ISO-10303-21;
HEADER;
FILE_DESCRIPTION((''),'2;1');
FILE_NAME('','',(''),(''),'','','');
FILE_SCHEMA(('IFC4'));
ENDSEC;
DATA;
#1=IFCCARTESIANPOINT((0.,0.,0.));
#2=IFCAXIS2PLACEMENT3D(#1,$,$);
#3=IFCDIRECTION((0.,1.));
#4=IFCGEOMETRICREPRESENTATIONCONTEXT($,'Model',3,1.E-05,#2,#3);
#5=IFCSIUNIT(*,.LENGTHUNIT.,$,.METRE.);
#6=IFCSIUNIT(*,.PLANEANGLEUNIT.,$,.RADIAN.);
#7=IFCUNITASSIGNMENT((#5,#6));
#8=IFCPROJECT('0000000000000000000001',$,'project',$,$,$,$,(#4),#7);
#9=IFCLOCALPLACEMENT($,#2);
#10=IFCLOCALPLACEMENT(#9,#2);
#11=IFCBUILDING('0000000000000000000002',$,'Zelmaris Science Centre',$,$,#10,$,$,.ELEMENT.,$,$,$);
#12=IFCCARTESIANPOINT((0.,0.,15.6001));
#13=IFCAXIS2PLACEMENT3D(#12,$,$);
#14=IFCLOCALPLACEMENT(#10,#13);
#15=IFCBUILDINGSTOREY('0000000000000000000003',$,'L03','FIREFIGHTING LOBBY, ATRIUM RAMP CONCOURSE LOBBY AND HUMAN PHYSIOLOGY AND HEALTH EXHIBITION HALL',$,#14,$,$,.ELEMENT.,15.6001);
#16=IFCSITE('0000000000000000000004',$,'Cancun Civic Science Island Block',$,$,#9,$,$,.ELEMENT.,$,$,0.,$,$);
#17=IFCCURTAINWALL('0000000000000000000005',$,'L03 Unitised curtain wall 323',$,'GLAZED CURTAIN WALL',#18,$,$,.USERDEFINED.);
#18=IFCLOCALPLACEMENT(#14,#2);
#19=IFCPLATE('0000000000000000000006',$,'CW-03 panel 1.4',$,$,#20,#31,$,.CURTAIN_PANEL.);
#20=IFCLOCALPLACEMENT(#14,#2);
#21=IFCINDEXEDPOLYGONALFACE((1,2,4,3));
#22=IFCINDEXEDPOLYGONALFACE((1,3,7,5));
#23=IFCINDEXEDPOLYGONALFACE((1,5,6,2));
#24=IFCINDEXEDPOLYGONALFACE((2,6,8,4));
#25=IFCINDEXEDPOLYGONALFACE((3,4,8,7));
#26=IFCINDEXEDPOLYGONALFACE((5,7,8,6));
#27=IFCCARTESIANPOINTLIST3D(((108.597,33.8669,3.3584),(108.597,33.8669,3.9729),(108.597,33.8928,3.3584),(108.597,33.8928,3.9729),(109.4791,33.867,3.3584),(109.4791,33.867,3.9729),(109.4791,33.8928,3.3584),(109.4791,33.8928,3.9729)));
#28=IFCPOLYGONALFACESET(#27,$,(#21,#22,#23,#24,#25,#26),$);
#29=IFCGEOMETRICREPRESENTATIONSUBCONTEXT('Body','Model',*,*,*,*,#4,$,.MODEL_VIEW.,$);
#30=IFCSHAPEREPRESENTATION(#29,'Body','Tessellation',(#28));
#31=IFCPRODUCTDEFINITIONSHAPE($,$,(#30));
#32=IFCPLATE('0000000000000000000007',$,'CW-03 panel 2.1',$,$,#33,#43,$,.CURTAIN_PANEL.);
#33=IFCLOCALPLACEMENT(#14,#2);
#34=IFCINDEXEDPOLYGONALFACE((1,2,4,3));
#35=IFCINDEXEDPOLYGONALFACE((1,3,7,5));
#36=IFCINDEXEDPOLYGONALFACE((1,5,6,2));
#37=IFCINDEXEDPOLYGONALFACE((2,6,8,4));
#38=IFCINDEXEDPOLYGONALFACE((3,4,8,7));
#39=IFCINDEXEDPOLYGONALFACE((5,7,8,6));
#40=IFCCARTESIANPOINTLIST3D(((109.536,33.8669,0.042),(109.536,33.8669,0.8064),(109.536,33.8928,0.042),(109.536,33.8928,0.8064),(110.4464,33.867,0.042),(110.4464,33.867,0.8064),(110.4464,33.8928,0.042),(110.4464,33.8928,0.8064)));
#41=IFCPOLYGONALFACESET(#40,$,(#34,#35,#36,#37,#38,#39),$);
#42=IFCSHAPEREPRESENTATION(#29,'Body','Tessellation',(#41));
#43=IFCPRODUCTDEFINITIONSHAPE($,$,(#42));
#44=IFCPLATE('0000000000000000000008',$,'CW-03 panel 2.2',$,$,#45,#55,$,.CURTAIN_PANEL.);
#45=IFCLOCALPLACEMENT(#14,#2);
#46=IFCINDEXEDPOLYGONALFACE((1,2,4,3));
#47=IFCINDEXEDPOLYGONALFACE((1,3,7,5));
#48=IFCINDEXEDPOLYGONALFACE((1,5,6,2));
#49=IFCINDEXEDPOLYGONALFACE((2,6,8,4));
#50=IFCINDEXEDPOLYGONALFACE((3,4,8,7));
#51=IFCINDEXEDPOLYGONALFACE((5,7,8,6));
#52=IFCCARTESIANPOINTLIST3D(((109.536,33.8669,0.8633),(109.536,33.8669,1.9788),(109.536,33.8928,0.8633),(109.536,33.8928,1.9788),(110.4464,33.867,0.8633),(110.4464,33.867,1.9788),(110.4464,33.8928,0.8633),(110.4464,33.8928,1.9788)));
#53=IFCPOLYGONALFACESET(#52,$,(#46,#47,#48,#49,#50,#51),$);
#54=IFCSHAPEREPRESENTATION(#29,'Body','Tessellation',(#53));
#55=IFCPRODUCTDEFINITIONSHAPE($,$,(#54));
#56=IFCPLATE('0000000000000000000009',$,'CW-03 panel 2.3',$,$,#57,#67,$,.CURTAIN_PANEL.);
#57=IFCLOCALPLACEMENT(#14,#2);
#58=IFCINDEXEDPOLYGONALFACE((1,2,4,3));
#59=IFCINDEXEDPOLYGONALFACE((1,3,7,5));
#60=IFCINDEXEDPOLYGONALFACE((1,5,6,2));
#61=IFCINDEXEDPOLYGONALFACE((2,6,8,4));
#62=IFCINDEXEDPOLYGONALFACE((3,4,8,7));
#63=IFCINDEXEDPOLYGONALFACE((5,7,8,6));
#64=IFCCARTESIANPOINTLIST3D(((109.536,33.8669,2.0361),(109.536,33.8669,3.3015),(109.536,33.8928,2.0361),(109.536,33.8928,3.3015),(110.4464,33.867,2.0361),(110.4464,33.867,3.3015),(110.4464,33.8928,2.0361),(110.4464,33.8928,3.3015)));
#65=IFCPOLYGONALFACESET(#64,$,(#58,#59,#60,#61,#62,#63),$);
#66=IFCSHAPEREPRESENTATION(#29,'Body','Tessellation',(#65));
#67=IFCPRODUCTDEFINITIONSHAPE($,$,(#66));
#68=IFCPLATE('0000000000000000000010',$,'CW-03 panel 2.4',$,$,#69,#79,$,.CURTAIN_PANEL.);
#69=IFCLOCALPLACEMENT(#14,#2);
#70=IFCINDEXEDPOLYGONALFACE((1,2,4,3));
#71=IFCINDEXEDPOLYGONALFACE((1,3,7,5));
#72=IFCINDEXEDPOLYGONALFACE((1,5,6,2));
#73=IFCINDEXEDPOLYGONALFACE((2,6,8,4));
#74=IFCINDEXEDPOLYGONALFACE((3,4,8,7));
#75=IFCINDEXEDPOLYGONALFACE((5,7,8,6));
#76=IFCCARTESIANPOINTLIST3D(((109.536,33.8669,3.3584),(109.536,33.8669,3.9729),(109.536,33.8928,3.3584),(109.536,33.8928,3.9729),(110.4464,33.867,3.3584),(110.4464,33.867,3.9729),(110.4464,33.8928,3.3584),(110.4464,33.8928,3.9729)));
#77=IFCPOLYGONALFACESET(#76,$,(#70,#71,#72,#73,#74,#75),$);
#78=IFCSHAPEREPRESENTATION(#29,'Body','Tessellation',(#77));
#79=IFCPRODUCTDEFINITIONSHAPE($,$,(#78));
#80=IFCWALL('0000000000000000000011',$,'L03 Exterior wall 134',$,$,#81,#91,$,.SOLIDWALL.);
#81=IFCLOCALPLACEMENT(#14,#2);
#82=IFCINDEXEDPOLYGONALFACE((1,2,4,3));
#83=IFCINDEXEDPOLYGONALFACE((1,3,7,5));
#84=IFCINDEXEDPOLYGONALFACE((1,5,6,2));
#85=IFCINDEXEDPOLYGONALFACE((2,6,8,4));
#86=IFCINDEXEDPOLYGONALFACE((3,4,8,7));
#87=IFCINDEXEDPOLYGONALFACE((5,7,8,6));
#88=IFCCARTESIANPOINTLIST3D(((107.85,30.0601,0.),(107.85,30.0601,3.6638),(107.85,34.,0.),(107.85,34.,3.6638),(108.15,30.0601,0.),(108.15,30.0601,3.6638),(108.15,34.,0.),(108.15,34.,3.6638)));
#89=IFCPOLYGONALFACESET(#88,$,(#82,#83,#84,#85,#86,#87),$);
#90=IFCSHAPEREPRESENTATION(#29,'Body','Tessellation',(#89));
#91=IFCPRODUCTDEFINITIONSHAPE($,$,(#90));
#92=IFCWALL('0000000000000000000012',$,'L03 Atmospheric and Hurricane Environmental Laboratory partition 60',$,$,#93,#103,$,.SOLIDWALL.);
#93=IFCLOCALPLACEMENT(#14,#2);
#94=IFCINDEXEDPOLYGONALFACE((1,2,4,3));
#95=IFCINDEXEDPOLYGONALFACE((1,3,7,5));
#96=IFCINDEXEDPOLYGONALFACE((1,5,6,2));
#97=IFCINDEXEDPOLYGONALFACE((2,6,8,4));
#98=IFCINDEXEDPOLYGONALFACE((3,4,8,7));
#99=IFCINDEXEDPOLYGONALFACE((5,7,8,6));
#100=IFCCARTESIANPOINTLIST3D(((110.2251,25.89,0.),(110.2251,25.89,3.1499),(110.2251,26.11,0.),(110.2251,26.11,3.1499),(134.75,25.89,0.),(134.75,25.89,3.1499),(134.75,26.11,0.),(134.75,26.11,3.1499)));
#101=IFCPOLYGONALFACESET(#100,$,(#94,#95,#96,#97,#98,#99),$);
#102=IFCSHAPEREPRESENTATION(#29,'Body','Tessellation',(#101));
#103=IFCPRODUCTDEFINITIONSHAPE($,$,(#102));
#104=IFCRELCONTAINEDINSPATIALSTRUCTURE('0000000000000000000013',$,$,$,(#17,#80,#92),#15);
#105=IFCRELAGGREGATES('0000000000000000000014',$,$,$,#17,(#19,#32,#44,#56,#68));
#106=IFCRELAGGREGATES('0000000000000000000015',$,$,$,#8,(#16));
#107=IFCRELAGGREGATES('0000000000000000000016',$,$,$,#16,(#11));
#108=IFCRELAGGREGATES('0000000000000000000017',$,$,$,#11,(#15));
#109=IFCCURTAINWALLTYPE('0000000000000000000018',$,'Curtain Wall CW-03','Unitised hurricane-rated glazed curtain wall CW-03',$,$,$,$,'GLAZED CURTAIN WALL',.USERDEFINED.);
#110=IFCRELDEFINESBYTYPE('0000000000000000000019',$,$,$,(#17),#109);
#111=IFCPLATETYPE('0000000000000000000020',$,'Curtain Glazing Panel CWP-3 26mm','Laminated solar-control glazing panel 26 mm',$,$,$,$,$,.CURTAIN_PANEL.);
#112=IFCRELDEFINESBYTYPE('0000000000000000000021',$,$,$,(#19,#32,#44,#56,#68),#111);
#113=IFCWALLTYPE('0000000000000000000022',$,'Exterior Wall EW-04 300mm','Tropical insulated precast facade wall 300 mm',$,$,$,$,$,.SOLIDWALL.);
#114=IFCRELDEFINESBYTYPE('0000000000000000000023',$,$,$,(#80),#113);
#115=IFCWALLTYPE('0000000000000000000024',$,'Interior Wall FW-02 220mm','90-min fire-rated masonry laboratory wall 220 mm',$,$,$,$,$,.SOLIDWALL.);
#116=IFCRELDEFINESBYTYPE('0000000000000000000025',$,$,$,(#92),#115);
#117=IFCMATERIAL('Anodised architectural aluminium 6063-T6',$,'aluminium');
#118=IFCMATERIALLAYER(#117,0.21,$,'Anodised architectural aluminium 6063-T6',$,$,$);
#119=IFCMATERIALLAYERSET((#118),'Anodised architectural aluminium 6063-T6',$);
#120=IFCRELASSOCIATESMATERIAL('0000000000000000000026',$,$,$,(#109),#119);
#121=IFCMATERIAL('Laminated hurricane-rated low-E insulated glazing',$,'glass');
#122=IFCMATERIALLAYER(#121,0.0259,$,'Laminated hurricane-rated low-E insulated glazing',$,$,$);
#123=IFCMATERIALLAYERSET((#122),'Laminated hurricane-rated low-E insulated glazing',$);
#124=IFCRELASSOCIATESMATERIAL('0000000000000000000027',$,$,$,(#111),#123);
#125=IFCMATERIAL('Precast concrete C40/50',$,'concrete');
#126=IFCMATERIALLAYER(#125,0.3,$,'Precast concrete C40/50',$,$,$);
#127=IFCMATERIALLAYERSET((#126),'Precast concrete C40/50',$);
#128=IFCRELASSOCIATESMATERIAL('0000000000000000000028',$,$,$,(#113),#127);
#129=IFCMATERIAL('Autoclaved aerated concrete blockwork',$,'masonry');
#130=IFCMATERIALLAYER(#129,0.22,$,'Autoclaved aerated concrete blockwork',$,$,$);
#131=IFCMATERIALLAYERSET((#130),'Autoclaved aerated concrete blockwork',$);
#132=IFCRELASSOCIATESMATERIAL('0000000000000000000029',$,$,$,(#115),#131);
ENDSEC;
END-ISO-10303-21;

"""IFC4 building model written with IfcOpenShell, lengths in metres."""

from ifc_helpers import new_model, si_unit, direction, frame, frame_2d, origin, origin_2d, place, context, subcontext, project, spatial, rectangle, extrude, material, layer, layer_set, type_object, element, aggregate, save


model = new_model("IFC4")

# Units and contexts
model_context = context("Model", 3, precision=1e-05, world=origin(), true_north=direction((0.0, 1.0)))
body_context = subcontext(model_context, "Body", "Model", "MODEL_VIEW")
ifc_project = project(units=[si_unit("LENGTHUNIT", "METRE"), si_unit("PLANEANGLEUNIT", "RADIAN")], contexts=[model_context])

# Site, building, storey
site_placement = place(None, origin())
site = spatial("IfcSite", under=ifc_project, at=site_placement, Name="Cancun Civic Science Island Block", CompositionType="ELEMENT", RefElevation=0.0)
building_placement = place(site_placement, origin())
building = spatial("IfcBuilding", under=site, at=building_placement, Name="Zelmaris Science Centre", CompositionType="ELEMENT")
storey_placement = place(building_placement, frame((0.0, 0.0, 15.6001)))
storey = spatial("IfcBuildingStorey", under=building, at=storey_placement, Name="L03", Description="FIREFIGHTING LOBBY, ATRIUM RAMP CONCOURSE LOBBY AND HUMAN PHYSIOLOGY AND HEALTH EXHIBITION HALL", CompositionType="ELEMENT", Elevation=15.6001)

# Shared definitions
ifc_material_1 = material(Name="Anodised architectural aluminium 6063-T6", Category="aluminium")
ifc_layer_1 = layer(ifc_material_1, 0.21, Name="Anodised architectural aluminium 6063-T6")
ifc_layer_set_1 = layer_set([ifc_layer_1], Name="Anodised architectural aluminium 6063-T6")
curtain_wall_type = type_object("IfcCurtainWallType", Name="Curtain Wall CW-03", Description="Unitised hurricane-rated glazed curtain wall CW-03", ElementType="GLAZED CURTAIN WALL", PredefinedType="USERDEFINED", material=ifc_layer_set_1)

# Curtain wall
curtain_wall_1_placement = place(storey_placement, origin())
curtain_wall_1 = element("IfcCurtainWall", 1, at=curtain_wall_1_placement, inside=storey, type_object=curtain_wall_type, Name="L03 Unitised curtain wall 323", ObjectType="GLAZED CURTAIN WALL", PredefinedType="USERDEFINED")

# Plates
ifc_material_2 = material(Name="Laminated hurricane-rated low-E insulated glazing", Category="glass")
ifc_layer_2 = layer(ifc_material_2, 0.0259, Name="Laminated hurricane-rated low-E insulated glazing")
ifc_layer_set_2 = layer_set([ifc_layer_2], Name="Laminated hurricane-rated low-E insulated glazing")
plate_type = type_object("IfcPlateType", Name="Curtain Glazing Panel CWP-3 26mm", Description="Laminated solar-control glazing panel 26 mm", PredefinedType="CURTAIN_PANEL", material=ifc_layer_set_2)
plate_1_placement = place(storey_placement, frame((109.0381, 33.8799, 3.3584), z_axis=(0.0, 0.0, 1.0), x_axis=(1.0, 0.000026, 0.0)))
plate_1 = element("IfcPlate", 2, at=plate_1_placement, type_object=plate_type, Name="CW-03 panel 1.4", PredefinedType="CURTAIN_PANEL", context=body_context, shape_type="SweptSolid", body=[
    extrude(rectangle(XDim=0.8821, YDim=0.0259, at=origin_2d()), origin(), (0.0, 0.0, 1.0), 0.6145),
])
plate_2_placement = place(storey_placement, frame((109.9912, 33.8799, 0.042), z_axis=(0.0, 0.0, 1.0), x_axis=(1.0, 0.000026, 0.0)))
plate_2 = element("IfcPlate", 3, at=plate_2_placement, type_object=plate_type, Name="CW-03 panel 2.1", PredefinedType="CURTAIN_PANEL", context=body_context, shape_type="SweptSolid", body=[
    extrude(rectangle(XDim=0.9104, YDim=0.0259, at=origin_2d()), origin(), (0.0, 0.0, 1.0), 0.7644),
])
plate_3_placement = place(storey_placement, frame((109.9912, 33.8799, 0.8633), z_axis=(0.0, 0.0, 1.0), x_axis=(1.0, 0.000026, 0.0)))
plate_3 = element("IfcPlate", 4, at=plate_3_placement, type_object=plate_type, Name="CW-03 panel 2.2", PredefinedType="CURTAIN_PANEL", context=body_context, shape_type="SweptSolid", body=[
    extrude(rectangle(XDim=0.9104, YDim=0.0259, at=origin_2d()), origin(), (0.0, 0.0, 1.0), 1.1155),
])
plate_4_placement = place(storey_placement, frame((109.9912, 33.8799, 2.0361), z_axis=(0.0, 0.0, 1.0), x_axis=(1.0, 0.000026, 0.0)))
plate_4 = element("IfcPlate", 5, at=plate_4_placement, type_object=plate_type, Name="CW-03 panel 2.3", PredefinedType="CURTAIN_PANEL", context=body_context, shape_type="SweptSolid", body=[
    extrude(rectangle(XDim=0.9104, YDim=0.0259, at=origin_2d()), origin(), (0.0, 0.0, 1.0), 1.2654),
])
plate_5_placement = place(storey_placement, frame((109.9912, 33.8799, 3.3584), z_axis=(0.0, 0.0, 1.0), x_axis=(1.0, 0.000026, 0.0)))
plate_5 = element("IfcPlate", 6, at=plate_5_placement, type_object=plate_type, Name="CW-03 panel 2.4", PredefinedType="CURTAIN_PANEL", context=body_context, shape_type="SweptSolid", body=[
    extrude(rectangle(XDim=0.9104, YDim=0.0259, at=origin_2d()), origin(), (0.0, 0.0, 1.0), 0.6145),
])
aggregate(curtain_wall_1, [plate_1, plate_2, plate_3, plate_4, plate_5])

# Walls
ifc_material_3 = material(Name="Precast concrete C40/50", Category="concrete")
ifc_layer_3 = layer(ifc_material_3, 0.3, Name="Precast concrete C40/50")
ifc_layer_set_3 = layer_set([ifc_layer_3], Name="Precast concrete C40/50")
wall_type_1 = type_object("IfcWallType", Name="Exterior Wall EW-04 300mm", Description="Tropical insulated precast facade wall 300 mm", PredefinedType="SOLIDWALL", material=ifc_layer_set_3)
wall_1_placement = place(storey_placement, frame((108.0, 30.0601, 0.0), z_axis=(0.0, 0.0, 1.0), x_axis=(0.0, 1.0, 0.0)))
element("IfcWall", 7, at=wall_1_placement, inside=storey, type_object=wall_type_1, Name="L03 Exterior wall 134", PredefinedType="SOLIDWALL", context=body_context, shape_type="SweptSolid", body=[
    extrude(rectangle(XDim=3.9399, YDim=0.3, at=frame_2d((1.97, 0.0))), origin(), (0.0, 0.0, 1.0), 3.6638),
])
ifc_material_4 = material(Name="Autoclaved aerated concrete blockwork", Category="masonry")
ifc_layer_4 = layer(ifc_material_4, 0.22, Name="Autoclaved aerated concrete blockwork")
ifc_layer_set_4 = layer_set([ifc_layer_4], Name="Autoclaved aerated concrete blockwork")
wall_type_2 = type_object("IfcWallType", Name="Interior Wall FW-02 220mm", Description="90-min fire-rated masonry laboratory wall 220 mm", PredefinedType="SOLIDWALL", material=ifc_layer_set_4)
wall_2_placement = place(storey_placement, frame((110.2251, 26.0, 0.0), z_axis=(0.0, 0.0, 1.0), x_axis=(1.0, 0.0, 0.0)))
element("IfcWall", 8, at=wall_2_placement, inside=storey, type_object=wall_type_2, Name="L03 Atmospheric and Hurricane Environmental Laboratory partition 60", PredefinedType="SOLIDWALL", context=body_context, shape_type="SweptSolid", body=[
    extrude(rectangle(XDim=24.5249, YDim=0.22, at=frame_2d((12.2625, 0.0))), origin(), (0.0, 0.0, 1.0), 3.1499),
])

save(model, "model.ifc")
